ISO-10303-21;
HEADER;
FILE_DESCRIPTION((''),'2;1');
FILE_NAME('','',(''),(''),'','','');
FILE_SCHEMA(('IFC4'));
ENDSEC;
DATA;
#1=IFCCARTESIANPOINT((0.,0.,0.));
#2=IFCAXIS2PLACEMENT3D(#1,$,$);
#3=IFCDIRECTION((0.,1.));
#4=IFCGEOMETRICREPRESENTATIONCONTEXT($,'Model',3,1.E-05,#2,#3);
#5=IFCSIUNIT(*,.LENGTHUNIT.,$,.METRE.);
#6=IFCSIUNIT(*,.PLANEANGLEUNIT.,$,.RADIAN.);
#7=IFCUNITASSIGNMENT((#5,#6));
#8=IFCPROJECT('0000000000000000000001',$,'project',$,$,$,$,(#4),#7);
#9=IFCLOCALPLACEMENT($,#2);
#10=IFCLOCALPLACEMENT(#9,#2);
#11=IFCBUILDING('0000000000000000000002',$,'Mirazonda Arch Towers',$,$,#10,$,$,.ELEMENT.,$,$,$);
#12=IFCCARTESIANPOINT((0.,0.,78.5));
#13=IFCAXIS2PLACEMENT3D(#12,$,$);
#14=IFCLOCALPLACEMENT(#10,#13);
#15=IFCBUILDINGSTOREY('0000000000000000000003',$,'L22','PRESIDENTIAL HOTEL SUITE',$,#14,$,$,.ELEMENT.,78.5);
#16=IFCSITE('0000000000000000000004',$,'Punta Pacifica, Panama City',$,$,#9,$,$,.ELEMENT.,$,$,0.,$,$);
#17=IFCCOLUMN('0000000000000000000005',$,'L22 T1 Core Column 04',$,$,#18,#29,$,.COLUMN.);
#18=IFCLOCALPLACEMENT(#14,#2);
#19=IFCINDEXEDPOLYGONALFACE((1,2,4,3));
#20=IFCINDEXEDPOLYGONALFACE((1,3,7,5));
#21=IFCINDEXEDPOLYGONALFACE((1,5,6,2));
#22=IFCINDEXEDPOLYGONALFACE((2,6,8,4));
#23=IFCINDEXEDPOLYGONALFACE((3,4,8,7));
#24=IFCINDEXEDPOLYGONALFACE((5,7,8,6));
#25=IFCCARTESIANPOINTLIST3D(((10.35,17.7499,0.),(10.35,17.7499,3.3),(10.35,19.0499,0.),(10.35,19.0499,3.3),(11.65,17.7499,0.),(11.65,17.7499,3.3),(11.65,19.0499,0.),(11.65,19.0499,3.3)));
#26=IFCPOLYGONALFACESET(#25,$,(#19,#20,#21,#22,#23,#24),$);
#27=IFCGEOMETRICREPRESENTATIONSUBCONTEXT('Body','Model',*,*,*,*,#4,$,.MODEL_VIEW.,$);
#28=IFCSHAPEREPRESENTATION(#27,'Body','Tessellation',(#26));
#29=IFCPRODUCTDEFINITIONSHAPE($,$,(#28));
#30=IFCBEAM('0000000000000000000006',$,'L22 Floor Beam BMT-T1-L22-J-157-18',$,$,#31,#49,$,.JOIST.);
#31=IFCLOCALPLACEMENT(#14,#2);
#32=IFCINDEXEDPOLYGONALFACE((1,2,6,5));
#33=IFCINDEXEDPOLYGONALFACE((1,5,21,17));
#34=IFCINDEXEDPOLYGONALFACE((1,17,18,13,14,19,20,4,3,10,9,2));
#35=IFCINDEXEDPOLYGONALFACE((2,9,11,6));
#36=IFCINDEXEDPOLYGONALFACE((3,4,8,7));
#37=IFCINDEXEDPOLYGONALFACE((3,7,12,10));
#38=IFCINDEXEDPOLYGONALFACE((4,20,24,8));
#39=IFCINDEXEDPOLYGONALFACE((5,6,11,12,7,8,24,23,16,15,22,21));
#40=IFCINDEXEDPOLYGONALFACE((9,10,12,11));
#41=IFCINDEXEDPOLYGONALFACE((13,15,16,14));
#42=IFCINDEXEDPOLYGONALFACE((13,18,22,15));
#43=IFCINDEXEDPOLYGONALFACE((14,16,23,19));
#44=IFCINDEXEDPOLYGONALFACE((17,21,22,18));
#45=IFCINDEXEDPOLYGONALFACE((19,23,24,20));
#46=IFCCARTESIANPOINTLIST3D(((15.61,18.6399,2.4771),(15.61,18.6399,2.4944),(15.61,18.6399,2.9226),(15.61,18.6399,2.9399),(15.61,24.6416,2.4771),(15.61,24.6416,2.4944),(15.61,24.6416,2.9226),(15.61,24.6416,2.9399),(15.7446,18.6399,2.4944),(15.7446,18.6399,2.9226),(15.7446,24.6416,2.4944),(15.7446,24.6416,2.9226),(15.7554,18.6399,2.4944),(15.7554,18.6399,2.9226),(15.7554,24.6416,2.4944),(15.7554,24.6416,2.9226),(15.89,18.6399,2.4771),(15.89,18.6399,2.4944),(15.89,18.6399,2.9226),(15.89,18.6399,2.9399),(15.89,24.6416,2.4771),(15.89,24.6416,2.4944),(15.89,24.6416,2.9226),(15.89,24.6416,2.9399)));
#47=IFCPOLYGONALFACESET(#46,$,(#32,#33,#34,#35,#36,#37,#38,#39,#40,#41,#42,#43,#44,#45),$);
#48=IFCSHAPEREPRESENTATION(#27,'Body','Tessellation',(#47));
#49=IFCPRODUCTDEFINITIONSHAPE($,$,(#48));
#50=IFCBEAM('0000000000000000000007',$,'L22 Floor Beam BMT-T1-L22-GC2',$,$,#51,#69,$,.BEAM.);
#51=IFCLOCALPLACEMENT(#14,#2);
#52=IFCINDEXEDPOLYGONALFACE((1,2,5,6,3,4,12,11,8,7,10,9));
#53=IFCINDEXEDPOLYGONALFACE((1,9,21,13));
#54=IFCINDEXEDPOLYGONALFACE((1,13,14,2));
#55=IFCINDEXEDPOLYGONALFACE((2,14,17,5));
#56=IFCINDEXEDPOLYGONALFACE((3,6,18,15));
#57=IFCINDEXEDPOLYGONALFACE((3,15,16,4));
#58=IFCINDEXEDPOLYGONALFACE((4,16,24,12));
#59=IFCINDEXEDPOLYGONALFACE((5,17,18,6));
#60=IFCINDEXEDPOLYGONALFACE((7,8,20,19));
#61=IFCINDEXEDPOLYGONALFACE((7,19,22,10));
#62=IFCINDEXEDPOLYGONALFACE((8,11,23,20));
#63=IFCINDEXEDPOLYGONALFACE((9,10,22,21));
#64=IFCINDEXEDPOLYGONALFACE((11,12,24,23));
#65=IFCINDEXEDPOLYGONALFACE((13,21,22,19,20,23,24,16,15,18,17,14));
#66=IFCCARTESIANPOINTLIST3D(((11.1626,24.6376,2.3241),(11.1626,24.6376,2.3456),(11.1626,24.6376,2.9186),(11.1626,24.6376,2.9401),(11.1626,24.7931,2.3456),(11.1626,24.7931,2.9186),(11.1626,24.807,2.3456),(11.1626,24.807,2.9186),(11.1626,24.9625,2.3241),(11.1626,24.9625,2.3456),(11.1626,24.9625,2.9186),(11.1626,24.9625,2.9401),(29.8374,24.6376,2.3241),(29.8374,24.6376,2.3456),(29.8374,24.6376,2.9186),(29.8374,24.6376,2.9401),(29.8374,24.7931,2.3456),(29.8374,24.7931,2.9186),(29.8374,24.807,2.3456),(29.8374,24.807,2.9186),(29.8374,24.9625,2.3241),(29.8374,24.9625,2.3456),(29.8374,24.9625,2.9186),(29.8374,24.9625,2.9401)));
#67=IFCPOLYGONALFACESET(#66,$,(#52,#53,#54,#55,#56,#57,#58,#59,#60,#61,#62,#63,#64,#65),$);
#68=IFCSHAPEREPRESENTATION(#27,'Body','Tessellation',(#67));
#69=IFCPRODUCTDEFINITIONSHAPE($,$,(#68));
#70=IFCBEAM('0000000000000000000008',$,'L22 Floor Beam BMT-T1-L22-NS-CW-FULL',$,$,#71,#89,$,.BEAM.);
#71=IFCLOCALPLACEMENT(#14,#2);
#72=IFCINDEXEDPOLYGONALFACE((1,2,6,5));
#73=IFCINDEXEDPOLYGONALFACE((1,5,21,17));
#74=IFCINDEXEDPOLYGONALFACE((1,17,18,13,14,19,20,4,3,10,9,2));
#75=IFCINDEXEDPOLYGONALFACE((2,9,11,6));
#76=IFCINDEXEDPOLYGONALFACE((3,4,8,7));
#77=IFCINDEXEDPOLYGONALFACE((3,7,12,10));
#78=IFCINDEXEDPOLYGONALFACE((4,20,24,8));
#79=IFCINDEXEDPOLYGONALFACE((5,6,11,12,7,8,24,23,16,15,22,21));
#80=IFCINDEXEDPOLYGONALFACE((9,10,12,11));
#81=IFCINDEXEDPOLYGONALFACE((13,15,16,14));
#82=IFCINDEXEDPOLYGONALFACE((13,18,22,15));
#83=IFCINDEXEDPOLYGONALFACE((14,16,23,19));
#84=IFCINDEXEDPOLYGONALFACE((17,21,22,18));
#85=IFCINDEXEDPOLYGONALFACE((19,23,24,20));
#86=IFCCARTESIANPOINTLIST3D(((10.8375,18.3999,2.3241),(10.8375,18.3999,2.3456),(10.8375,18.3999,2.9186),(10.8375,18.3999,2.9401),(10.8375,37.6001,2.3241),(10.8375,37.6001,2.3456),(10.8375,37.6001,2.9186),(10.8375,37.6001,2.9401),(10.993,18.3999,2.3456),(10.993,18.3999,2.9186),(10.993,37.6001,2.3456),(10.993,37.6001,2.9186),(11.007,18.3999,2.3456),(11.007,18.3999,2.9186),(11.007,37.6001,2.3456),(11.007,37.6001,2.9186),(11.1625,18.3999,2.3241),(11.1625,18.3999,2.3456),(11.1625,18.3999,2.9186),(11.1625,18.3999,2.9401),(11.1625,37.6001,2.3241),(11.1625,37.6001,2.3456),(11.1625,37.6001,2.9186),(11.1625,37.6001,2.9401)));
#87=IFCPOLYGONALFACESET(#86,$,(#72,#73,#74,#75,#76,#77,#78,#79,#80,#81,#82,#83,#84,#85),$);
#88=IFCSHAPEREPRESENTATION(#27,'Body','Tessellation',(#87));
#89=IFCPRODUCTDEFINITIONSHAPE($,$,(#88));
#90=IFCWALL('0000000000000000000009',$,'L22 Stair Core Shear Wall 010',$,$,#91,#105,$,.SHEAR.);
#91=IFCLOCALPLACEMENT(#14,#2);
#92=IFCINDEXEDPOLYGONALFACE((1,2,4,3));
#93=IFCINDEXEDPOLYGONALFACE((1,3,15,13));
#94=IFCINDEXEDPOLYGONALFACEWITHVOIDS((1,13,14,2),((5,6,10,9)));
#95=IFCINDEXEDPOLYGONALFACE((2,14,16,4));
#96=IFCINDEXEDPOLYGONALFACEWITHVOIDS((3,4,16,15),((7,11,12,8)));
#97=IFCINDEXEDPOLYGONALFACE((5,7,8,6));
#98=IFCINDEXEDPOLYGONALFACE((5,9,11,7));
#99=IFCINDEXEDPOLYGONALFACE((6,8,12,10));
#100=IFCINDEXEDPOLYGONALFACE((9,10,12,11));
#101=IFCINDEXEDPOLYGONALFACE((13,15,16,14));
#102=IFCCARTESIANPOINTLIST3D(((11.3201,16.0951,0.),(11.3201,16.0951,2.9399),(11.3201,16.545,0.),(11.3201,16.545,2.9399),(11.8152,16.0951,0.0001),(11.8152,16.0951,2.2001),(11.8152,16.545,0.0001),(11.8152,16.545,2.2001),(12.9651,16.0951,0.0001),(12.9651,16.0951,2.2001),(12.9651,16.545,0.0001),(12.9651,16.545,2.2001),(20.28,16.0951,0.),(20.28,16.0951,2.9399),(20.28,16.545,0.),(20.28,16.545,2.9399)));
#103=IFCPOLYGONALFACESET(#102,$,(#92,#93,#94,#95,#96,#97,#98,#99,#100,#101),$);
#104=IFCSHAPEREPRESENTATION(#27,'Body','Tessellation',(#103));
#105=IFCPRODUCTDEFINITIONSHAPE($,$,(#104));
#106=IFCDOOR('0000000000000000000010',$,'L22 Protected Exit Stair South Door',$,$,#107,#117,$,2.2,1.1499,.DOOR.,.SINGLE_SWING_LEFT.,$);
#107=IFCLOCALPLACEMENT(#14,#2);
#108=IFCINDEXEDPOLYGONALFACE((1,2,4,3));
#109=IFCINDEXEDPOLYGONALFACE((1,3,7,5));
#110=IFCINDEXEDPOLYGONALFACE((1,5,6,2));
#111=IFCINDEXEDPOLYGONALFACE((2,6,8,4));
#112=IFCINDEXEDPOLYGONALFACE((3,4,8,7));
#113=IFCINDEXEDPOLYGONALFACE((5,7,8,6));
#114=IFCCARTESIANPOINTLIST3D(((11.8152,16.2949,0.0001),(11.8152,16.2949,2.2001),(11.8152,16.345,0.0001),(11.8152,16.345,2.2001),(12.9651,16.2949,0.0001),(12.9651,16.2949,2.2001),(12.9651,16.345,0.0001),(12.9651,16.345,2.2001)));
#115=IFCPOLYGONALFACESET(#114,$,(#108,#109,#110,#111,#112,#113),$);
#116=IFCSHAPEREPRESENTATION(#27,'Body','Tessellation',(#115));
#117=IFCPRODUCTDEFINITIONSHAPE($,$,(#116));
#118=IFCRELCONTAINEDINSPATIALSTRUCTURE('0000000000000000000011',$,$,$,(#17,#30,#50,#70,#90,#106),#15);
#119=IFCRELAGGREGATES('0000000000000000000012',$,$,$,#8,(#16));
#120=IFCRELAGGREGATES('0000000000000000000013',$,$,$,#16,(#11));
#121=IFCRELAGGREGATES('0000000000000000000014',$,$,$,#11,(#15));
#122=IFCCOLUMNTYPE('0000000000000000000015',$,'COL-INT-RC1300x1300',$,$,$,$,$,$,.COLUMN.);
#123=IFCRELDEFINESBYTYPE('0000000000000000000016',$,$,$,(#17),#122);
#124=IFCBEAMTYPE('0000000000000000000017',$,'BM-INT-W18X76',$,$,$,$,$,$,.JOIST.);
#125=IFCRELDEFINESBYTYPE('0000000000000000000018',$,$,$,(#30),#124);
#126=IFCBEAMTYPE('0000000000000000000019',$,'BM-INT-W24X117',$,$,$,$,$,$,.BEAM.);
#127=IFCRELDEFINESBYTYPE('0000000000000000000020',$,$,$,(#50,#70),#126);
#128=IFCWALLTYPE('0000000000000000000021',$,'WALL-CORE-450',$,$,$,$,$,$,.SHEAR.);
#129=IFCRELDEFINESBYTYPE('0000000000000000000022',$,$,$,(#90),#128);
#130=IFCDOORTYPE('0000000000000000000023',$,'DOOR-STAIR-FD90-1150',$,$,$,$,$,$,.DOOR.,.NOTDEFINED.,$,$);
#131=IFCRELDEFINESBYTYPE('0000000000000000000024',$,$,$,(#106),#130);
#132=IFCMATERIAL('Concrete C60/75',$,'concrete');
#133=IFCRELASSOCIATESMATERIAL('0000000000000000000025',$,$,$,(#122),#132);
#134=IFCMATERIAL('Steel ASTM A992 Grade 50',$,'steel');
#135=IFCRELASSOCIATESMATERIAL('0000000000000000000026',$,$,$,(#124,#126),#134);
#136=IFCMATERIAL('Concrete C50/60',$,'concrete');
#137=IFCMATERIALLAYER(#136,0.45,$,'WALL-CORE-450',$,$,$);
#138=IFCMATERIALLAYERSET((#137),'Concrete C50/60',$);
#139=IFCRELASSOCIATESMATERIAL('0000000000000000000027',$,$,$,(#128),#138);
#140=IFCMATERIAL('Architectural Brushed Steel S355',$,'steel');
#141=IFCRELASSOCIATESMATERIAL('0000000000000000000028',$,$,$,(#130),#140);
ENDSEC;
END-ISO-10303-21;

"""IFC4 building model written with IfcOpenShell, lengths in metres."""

from ifc_helpers import new_model, si_unit, direction, frame, frame_2d, origin, origin_2d, place, context, subcontext, project, spatial, rectangle, i_section, extrude, material, layer, layer_set, material_profile, profile_set, type_object, element, fill, save


model = new_model("IFC4")

# Units and contexts
model_context = context("Model", 3, precision=1e-05, world=origin(), true_north=direction((0.0, 1.0)))
body_context = subcontext(model_context, "Body", "Model", "MODEL_VIEW")
ifc_project = project(units=[si_unit("LENGTHUNIT", "METRE"), si_unit("PLANEANGLEUNIT", "RADIAN")], contexts=[model_context])

# Site, building, storey
site_placement = place(None, origin())
site = spatial("IfcSite", under=ifc_project, at=site_placement, Name="Punta Pacifica, Panama City", CompositionType="ELEMENT", RefElevation=0.0)
building_placement = place(site_placement, origin())
building = spatial("IfcBuilding", under=site, at=building_placement, Name="Mirazonda Arch Towers", CompositionType="ELEMENT")
storey_placement = place(building_placement, frame((0.0, 0.0, 78.5)))
storey = spatial("IfcBuildingStorey", under=building, at=storey_placement, Name="L22", Description="PRESIDENTIAL HOTEL SUITE", CompositionType="ELEMENT", Elevation=78.5)

# Column
ifc_material_1 = material(Name="Concrete C60/75", Category="concrete")
ifc_material_profile_1 = material_profile(ifc_material_1, rectangle(XDim=1.3, YDim=1.3, at=origin_2d()), Name="RC1300x1300")
ifc_profile_set_1 = profile_set([ifc_material_profile_1], Name="Concrete C60/75")
column_type = type_object("IfcColumnType", Name="COL-INT-RC1300x1300", PredefinedType="COLUMN", material=ifc_profile_set_1)
column_placement = place(storey_placement, frame((11.0, 18.3999, 0.0), z_axis=(0.0, 0.0, 1.0), x_axis=(1.0, 0.0, 0.0)))
element("IfcColumn", 1, at=column_placement, inside=storey, type_object=column_type, Name="L22 T1 Core Column 04", PredefinedType="COLUMN", context=body_context, shape_type="SweptSolid", body=[
    extrude(rectangle(XDim=1.3, YDim=1.3, at=origin_2d()), origin(), (0.0, 0.0, 1.0), 3.3),
])

# Beams
ifc_material_2 = material(Name="Steel ASTM A992 Grade 50", Category="steel")
ifc_material_profile_2 = material_profile(ifc_material_2, i_section(OverallWidth=0.28, OverallDepth=0.4629, WebThickness=0.0107, FlangeThickness=0.0173, at=origin_2d()), Name="W18X76")
ifc_profile_set_2 = profile_set([ifc_material_profile_2], Name="Steel ASTM A992 Grade 50")
beam_type_1 = type_object("IfcBeamType", Name="BM-INT-W18X76", PredefinedType="JOIST", material=ifc_profile_set_2)
beam_1_placement = place(storey_placement, frame((15.75, 18.6399, 2.7085), z_axis=(0.0, 1.0, 0.0), x_axis=(-1.0, 0.0, 0.0)))
element("IfcBeam", 2, at=beam_1_placement, inside=storey, type_object=beam_type_1, Name="L22 Floor Beam BMT-T1-L22-J-157-18", PredefinedType="JOIST", context=body_context, shape_type="SweptSolid", body=[
    extrude(i_section(OverallWidth=0.28, OverallDepth=0.4629, WebThickness=0.0107, FlangeThickness=0.0173, at=origin_2d()), origin(), (0.0, 0.0, 1.0), 6.0017),
])
ifc_material_profile_3 = material_profile(ifc_material_2, i_section(OverallWidth=0.325, OverallDepth=0.616, WebThickness=0.0139, FlangeThickness=0.0215, at=origin_2d()), Name="W24X117")
ifc_profile_set_3 = profile_set([ifc_material_profile_3], Name="Steel ASTM A992 Grade 50")
beam_type_2 = type_object("IfcBeamType", Name="BM-INT-W24X117", PredefinedType="BEAM", material=ifc_profile_set_3)
beam_2_placement = place(storey_placement, frame((11.1626, 24.8, 2.6321), z_axis=(1.0, 0.0, 0.0), x_axis=(0.0, 1.0, 0.0)))
element("IfcBeam", 3, at=beam_2_placement, inside=storey, type_object=beam_type_2, Name="L22 Floor Beam BMT-T1-L22-GC2", PredefinedType="BEAM", context=body_context, shape_type="SweptSolid", body=[
    extrude(i_section(OverallWidth=0.325, OverallDepth=0.616, WebThickness=0.0139, FlangeThickness=0.0215, at=origin_2d()), origin(), (0.0, 0.0, 1.0), 18.6748),
])
beam_3_placement = place(storey_placement, frame((11.0, 18.3999, 2.6321), z_axis=(0.0, 1.0, 0.0), x_axis=(-1.0, 0.0, 0.0)))
element("IfcBeam", 4, at=beam_3_placement, inside=storey, type_object=beam_type_2, Name="L22 Floor Beam BMT-T1-L22-NS-CW-FULL", PredefinedType="BEAM", context=body_context, shape_type="SweptSolid", body=[
    extrude(i_section(OverallWidth=0.325, OverallDepth=0.616, WebThickness=0.0139, FlangeThickness=0.0215, at=origin_2d()), origin(), (0.0, 0.0, 1.0), 19.2002),
])

# Wall, opening, door
ifc_material_3 = material(Name="Concrete C50/60", Category="concrete")
ifc_layer_1 = layer(ifc_material_3, 0.45, Name="WALL-CORE-450")
ifc_layer_set_1 = layer_set([ifc_layer_1], Name="Concrete C50/60")
wall_type_1 = type_object("IfcWallType", Name="WALL-CORE-450", PredefinedType="SHEAR", material=ifc_layer_set_1)
wall_1_placement = place(storey_placement, frame((11.3201, 16.3201, 0.0), z_axis=(0.0, 0.0, 1.0), x_axis=(1.0, 0.0, 0.0)))
wall_1 = element("IfcWall", 5, at=wall_1_placement, inside=storey, type_object=wall_type_1, Name="L22 Stair Core Shear Wall 010", PredefinedType="SHEAR", context=body_context, shape_type="SweptSolid", body=[
    extrude(rectangle(XDim=8.96, YDim=0.45, at=frame_2d((4.48, 0.0))), origin(), (0.0, 0.0, 1.0), 2.9399),
])
opening_1_placement = place(wall_1_placement, frame((0.4951, 0.0, 0.0)))
opening_1 = element("IfcOpeningElement", 6, at=opening_1_placement, cuts=wall_1, PredefinedType="OPENING", context=body_context, shape_type="SweptSolid", body=[
    extrude(rectangle(XDim=1.1499, YDim=2.2, at=frame_2d((0.575, 1.1001))), frame((0.0, 0.2349, 0.0), z_axis=(0.0, -1.0, 0.0), x_axis=(1.0, 0.0, 0.0)), (0.0, 0.0, 1.0), 0.47),
])
ifc_material_4 = material(Name="Architectural Brushed Steel S355", Category="steel")
door_type_1 = type_object("IfcDoorType", Name="DOOR-STAIR-FD90-1150", OperationType="NOTDEFINED", PredefinedType="DOOR", material=ifc_material_4)
door_1_placement = place(opening_1_placement, origin())
door_1 = element("IfcDoor", 7, at=door_1_placement, inside=storey, type_object=door_type_1, Name="L22 Protected Exit Stair South Door", OperationType="SINGLE_SWING_LEFT", OverallHeight=2.2, OverallWidth=1.1499, PredefinedType="DOOR", context=body_context, shape_type="SweptSolid", body=[
    extrude(rectangle(XDim=1.1499, YDim=2.2, at=frame_2d((0.575, 1.1001))), frame((0.0, 0.0249, 0.0), z_axis=(0.0, -1.0, 0.0), x_axis=(1.0, 0.0, 0.0)), (0.0, 0.0, 1.0), 0.05),
])
fill(opening_1, door_1)

save(model, "model.ifc")
